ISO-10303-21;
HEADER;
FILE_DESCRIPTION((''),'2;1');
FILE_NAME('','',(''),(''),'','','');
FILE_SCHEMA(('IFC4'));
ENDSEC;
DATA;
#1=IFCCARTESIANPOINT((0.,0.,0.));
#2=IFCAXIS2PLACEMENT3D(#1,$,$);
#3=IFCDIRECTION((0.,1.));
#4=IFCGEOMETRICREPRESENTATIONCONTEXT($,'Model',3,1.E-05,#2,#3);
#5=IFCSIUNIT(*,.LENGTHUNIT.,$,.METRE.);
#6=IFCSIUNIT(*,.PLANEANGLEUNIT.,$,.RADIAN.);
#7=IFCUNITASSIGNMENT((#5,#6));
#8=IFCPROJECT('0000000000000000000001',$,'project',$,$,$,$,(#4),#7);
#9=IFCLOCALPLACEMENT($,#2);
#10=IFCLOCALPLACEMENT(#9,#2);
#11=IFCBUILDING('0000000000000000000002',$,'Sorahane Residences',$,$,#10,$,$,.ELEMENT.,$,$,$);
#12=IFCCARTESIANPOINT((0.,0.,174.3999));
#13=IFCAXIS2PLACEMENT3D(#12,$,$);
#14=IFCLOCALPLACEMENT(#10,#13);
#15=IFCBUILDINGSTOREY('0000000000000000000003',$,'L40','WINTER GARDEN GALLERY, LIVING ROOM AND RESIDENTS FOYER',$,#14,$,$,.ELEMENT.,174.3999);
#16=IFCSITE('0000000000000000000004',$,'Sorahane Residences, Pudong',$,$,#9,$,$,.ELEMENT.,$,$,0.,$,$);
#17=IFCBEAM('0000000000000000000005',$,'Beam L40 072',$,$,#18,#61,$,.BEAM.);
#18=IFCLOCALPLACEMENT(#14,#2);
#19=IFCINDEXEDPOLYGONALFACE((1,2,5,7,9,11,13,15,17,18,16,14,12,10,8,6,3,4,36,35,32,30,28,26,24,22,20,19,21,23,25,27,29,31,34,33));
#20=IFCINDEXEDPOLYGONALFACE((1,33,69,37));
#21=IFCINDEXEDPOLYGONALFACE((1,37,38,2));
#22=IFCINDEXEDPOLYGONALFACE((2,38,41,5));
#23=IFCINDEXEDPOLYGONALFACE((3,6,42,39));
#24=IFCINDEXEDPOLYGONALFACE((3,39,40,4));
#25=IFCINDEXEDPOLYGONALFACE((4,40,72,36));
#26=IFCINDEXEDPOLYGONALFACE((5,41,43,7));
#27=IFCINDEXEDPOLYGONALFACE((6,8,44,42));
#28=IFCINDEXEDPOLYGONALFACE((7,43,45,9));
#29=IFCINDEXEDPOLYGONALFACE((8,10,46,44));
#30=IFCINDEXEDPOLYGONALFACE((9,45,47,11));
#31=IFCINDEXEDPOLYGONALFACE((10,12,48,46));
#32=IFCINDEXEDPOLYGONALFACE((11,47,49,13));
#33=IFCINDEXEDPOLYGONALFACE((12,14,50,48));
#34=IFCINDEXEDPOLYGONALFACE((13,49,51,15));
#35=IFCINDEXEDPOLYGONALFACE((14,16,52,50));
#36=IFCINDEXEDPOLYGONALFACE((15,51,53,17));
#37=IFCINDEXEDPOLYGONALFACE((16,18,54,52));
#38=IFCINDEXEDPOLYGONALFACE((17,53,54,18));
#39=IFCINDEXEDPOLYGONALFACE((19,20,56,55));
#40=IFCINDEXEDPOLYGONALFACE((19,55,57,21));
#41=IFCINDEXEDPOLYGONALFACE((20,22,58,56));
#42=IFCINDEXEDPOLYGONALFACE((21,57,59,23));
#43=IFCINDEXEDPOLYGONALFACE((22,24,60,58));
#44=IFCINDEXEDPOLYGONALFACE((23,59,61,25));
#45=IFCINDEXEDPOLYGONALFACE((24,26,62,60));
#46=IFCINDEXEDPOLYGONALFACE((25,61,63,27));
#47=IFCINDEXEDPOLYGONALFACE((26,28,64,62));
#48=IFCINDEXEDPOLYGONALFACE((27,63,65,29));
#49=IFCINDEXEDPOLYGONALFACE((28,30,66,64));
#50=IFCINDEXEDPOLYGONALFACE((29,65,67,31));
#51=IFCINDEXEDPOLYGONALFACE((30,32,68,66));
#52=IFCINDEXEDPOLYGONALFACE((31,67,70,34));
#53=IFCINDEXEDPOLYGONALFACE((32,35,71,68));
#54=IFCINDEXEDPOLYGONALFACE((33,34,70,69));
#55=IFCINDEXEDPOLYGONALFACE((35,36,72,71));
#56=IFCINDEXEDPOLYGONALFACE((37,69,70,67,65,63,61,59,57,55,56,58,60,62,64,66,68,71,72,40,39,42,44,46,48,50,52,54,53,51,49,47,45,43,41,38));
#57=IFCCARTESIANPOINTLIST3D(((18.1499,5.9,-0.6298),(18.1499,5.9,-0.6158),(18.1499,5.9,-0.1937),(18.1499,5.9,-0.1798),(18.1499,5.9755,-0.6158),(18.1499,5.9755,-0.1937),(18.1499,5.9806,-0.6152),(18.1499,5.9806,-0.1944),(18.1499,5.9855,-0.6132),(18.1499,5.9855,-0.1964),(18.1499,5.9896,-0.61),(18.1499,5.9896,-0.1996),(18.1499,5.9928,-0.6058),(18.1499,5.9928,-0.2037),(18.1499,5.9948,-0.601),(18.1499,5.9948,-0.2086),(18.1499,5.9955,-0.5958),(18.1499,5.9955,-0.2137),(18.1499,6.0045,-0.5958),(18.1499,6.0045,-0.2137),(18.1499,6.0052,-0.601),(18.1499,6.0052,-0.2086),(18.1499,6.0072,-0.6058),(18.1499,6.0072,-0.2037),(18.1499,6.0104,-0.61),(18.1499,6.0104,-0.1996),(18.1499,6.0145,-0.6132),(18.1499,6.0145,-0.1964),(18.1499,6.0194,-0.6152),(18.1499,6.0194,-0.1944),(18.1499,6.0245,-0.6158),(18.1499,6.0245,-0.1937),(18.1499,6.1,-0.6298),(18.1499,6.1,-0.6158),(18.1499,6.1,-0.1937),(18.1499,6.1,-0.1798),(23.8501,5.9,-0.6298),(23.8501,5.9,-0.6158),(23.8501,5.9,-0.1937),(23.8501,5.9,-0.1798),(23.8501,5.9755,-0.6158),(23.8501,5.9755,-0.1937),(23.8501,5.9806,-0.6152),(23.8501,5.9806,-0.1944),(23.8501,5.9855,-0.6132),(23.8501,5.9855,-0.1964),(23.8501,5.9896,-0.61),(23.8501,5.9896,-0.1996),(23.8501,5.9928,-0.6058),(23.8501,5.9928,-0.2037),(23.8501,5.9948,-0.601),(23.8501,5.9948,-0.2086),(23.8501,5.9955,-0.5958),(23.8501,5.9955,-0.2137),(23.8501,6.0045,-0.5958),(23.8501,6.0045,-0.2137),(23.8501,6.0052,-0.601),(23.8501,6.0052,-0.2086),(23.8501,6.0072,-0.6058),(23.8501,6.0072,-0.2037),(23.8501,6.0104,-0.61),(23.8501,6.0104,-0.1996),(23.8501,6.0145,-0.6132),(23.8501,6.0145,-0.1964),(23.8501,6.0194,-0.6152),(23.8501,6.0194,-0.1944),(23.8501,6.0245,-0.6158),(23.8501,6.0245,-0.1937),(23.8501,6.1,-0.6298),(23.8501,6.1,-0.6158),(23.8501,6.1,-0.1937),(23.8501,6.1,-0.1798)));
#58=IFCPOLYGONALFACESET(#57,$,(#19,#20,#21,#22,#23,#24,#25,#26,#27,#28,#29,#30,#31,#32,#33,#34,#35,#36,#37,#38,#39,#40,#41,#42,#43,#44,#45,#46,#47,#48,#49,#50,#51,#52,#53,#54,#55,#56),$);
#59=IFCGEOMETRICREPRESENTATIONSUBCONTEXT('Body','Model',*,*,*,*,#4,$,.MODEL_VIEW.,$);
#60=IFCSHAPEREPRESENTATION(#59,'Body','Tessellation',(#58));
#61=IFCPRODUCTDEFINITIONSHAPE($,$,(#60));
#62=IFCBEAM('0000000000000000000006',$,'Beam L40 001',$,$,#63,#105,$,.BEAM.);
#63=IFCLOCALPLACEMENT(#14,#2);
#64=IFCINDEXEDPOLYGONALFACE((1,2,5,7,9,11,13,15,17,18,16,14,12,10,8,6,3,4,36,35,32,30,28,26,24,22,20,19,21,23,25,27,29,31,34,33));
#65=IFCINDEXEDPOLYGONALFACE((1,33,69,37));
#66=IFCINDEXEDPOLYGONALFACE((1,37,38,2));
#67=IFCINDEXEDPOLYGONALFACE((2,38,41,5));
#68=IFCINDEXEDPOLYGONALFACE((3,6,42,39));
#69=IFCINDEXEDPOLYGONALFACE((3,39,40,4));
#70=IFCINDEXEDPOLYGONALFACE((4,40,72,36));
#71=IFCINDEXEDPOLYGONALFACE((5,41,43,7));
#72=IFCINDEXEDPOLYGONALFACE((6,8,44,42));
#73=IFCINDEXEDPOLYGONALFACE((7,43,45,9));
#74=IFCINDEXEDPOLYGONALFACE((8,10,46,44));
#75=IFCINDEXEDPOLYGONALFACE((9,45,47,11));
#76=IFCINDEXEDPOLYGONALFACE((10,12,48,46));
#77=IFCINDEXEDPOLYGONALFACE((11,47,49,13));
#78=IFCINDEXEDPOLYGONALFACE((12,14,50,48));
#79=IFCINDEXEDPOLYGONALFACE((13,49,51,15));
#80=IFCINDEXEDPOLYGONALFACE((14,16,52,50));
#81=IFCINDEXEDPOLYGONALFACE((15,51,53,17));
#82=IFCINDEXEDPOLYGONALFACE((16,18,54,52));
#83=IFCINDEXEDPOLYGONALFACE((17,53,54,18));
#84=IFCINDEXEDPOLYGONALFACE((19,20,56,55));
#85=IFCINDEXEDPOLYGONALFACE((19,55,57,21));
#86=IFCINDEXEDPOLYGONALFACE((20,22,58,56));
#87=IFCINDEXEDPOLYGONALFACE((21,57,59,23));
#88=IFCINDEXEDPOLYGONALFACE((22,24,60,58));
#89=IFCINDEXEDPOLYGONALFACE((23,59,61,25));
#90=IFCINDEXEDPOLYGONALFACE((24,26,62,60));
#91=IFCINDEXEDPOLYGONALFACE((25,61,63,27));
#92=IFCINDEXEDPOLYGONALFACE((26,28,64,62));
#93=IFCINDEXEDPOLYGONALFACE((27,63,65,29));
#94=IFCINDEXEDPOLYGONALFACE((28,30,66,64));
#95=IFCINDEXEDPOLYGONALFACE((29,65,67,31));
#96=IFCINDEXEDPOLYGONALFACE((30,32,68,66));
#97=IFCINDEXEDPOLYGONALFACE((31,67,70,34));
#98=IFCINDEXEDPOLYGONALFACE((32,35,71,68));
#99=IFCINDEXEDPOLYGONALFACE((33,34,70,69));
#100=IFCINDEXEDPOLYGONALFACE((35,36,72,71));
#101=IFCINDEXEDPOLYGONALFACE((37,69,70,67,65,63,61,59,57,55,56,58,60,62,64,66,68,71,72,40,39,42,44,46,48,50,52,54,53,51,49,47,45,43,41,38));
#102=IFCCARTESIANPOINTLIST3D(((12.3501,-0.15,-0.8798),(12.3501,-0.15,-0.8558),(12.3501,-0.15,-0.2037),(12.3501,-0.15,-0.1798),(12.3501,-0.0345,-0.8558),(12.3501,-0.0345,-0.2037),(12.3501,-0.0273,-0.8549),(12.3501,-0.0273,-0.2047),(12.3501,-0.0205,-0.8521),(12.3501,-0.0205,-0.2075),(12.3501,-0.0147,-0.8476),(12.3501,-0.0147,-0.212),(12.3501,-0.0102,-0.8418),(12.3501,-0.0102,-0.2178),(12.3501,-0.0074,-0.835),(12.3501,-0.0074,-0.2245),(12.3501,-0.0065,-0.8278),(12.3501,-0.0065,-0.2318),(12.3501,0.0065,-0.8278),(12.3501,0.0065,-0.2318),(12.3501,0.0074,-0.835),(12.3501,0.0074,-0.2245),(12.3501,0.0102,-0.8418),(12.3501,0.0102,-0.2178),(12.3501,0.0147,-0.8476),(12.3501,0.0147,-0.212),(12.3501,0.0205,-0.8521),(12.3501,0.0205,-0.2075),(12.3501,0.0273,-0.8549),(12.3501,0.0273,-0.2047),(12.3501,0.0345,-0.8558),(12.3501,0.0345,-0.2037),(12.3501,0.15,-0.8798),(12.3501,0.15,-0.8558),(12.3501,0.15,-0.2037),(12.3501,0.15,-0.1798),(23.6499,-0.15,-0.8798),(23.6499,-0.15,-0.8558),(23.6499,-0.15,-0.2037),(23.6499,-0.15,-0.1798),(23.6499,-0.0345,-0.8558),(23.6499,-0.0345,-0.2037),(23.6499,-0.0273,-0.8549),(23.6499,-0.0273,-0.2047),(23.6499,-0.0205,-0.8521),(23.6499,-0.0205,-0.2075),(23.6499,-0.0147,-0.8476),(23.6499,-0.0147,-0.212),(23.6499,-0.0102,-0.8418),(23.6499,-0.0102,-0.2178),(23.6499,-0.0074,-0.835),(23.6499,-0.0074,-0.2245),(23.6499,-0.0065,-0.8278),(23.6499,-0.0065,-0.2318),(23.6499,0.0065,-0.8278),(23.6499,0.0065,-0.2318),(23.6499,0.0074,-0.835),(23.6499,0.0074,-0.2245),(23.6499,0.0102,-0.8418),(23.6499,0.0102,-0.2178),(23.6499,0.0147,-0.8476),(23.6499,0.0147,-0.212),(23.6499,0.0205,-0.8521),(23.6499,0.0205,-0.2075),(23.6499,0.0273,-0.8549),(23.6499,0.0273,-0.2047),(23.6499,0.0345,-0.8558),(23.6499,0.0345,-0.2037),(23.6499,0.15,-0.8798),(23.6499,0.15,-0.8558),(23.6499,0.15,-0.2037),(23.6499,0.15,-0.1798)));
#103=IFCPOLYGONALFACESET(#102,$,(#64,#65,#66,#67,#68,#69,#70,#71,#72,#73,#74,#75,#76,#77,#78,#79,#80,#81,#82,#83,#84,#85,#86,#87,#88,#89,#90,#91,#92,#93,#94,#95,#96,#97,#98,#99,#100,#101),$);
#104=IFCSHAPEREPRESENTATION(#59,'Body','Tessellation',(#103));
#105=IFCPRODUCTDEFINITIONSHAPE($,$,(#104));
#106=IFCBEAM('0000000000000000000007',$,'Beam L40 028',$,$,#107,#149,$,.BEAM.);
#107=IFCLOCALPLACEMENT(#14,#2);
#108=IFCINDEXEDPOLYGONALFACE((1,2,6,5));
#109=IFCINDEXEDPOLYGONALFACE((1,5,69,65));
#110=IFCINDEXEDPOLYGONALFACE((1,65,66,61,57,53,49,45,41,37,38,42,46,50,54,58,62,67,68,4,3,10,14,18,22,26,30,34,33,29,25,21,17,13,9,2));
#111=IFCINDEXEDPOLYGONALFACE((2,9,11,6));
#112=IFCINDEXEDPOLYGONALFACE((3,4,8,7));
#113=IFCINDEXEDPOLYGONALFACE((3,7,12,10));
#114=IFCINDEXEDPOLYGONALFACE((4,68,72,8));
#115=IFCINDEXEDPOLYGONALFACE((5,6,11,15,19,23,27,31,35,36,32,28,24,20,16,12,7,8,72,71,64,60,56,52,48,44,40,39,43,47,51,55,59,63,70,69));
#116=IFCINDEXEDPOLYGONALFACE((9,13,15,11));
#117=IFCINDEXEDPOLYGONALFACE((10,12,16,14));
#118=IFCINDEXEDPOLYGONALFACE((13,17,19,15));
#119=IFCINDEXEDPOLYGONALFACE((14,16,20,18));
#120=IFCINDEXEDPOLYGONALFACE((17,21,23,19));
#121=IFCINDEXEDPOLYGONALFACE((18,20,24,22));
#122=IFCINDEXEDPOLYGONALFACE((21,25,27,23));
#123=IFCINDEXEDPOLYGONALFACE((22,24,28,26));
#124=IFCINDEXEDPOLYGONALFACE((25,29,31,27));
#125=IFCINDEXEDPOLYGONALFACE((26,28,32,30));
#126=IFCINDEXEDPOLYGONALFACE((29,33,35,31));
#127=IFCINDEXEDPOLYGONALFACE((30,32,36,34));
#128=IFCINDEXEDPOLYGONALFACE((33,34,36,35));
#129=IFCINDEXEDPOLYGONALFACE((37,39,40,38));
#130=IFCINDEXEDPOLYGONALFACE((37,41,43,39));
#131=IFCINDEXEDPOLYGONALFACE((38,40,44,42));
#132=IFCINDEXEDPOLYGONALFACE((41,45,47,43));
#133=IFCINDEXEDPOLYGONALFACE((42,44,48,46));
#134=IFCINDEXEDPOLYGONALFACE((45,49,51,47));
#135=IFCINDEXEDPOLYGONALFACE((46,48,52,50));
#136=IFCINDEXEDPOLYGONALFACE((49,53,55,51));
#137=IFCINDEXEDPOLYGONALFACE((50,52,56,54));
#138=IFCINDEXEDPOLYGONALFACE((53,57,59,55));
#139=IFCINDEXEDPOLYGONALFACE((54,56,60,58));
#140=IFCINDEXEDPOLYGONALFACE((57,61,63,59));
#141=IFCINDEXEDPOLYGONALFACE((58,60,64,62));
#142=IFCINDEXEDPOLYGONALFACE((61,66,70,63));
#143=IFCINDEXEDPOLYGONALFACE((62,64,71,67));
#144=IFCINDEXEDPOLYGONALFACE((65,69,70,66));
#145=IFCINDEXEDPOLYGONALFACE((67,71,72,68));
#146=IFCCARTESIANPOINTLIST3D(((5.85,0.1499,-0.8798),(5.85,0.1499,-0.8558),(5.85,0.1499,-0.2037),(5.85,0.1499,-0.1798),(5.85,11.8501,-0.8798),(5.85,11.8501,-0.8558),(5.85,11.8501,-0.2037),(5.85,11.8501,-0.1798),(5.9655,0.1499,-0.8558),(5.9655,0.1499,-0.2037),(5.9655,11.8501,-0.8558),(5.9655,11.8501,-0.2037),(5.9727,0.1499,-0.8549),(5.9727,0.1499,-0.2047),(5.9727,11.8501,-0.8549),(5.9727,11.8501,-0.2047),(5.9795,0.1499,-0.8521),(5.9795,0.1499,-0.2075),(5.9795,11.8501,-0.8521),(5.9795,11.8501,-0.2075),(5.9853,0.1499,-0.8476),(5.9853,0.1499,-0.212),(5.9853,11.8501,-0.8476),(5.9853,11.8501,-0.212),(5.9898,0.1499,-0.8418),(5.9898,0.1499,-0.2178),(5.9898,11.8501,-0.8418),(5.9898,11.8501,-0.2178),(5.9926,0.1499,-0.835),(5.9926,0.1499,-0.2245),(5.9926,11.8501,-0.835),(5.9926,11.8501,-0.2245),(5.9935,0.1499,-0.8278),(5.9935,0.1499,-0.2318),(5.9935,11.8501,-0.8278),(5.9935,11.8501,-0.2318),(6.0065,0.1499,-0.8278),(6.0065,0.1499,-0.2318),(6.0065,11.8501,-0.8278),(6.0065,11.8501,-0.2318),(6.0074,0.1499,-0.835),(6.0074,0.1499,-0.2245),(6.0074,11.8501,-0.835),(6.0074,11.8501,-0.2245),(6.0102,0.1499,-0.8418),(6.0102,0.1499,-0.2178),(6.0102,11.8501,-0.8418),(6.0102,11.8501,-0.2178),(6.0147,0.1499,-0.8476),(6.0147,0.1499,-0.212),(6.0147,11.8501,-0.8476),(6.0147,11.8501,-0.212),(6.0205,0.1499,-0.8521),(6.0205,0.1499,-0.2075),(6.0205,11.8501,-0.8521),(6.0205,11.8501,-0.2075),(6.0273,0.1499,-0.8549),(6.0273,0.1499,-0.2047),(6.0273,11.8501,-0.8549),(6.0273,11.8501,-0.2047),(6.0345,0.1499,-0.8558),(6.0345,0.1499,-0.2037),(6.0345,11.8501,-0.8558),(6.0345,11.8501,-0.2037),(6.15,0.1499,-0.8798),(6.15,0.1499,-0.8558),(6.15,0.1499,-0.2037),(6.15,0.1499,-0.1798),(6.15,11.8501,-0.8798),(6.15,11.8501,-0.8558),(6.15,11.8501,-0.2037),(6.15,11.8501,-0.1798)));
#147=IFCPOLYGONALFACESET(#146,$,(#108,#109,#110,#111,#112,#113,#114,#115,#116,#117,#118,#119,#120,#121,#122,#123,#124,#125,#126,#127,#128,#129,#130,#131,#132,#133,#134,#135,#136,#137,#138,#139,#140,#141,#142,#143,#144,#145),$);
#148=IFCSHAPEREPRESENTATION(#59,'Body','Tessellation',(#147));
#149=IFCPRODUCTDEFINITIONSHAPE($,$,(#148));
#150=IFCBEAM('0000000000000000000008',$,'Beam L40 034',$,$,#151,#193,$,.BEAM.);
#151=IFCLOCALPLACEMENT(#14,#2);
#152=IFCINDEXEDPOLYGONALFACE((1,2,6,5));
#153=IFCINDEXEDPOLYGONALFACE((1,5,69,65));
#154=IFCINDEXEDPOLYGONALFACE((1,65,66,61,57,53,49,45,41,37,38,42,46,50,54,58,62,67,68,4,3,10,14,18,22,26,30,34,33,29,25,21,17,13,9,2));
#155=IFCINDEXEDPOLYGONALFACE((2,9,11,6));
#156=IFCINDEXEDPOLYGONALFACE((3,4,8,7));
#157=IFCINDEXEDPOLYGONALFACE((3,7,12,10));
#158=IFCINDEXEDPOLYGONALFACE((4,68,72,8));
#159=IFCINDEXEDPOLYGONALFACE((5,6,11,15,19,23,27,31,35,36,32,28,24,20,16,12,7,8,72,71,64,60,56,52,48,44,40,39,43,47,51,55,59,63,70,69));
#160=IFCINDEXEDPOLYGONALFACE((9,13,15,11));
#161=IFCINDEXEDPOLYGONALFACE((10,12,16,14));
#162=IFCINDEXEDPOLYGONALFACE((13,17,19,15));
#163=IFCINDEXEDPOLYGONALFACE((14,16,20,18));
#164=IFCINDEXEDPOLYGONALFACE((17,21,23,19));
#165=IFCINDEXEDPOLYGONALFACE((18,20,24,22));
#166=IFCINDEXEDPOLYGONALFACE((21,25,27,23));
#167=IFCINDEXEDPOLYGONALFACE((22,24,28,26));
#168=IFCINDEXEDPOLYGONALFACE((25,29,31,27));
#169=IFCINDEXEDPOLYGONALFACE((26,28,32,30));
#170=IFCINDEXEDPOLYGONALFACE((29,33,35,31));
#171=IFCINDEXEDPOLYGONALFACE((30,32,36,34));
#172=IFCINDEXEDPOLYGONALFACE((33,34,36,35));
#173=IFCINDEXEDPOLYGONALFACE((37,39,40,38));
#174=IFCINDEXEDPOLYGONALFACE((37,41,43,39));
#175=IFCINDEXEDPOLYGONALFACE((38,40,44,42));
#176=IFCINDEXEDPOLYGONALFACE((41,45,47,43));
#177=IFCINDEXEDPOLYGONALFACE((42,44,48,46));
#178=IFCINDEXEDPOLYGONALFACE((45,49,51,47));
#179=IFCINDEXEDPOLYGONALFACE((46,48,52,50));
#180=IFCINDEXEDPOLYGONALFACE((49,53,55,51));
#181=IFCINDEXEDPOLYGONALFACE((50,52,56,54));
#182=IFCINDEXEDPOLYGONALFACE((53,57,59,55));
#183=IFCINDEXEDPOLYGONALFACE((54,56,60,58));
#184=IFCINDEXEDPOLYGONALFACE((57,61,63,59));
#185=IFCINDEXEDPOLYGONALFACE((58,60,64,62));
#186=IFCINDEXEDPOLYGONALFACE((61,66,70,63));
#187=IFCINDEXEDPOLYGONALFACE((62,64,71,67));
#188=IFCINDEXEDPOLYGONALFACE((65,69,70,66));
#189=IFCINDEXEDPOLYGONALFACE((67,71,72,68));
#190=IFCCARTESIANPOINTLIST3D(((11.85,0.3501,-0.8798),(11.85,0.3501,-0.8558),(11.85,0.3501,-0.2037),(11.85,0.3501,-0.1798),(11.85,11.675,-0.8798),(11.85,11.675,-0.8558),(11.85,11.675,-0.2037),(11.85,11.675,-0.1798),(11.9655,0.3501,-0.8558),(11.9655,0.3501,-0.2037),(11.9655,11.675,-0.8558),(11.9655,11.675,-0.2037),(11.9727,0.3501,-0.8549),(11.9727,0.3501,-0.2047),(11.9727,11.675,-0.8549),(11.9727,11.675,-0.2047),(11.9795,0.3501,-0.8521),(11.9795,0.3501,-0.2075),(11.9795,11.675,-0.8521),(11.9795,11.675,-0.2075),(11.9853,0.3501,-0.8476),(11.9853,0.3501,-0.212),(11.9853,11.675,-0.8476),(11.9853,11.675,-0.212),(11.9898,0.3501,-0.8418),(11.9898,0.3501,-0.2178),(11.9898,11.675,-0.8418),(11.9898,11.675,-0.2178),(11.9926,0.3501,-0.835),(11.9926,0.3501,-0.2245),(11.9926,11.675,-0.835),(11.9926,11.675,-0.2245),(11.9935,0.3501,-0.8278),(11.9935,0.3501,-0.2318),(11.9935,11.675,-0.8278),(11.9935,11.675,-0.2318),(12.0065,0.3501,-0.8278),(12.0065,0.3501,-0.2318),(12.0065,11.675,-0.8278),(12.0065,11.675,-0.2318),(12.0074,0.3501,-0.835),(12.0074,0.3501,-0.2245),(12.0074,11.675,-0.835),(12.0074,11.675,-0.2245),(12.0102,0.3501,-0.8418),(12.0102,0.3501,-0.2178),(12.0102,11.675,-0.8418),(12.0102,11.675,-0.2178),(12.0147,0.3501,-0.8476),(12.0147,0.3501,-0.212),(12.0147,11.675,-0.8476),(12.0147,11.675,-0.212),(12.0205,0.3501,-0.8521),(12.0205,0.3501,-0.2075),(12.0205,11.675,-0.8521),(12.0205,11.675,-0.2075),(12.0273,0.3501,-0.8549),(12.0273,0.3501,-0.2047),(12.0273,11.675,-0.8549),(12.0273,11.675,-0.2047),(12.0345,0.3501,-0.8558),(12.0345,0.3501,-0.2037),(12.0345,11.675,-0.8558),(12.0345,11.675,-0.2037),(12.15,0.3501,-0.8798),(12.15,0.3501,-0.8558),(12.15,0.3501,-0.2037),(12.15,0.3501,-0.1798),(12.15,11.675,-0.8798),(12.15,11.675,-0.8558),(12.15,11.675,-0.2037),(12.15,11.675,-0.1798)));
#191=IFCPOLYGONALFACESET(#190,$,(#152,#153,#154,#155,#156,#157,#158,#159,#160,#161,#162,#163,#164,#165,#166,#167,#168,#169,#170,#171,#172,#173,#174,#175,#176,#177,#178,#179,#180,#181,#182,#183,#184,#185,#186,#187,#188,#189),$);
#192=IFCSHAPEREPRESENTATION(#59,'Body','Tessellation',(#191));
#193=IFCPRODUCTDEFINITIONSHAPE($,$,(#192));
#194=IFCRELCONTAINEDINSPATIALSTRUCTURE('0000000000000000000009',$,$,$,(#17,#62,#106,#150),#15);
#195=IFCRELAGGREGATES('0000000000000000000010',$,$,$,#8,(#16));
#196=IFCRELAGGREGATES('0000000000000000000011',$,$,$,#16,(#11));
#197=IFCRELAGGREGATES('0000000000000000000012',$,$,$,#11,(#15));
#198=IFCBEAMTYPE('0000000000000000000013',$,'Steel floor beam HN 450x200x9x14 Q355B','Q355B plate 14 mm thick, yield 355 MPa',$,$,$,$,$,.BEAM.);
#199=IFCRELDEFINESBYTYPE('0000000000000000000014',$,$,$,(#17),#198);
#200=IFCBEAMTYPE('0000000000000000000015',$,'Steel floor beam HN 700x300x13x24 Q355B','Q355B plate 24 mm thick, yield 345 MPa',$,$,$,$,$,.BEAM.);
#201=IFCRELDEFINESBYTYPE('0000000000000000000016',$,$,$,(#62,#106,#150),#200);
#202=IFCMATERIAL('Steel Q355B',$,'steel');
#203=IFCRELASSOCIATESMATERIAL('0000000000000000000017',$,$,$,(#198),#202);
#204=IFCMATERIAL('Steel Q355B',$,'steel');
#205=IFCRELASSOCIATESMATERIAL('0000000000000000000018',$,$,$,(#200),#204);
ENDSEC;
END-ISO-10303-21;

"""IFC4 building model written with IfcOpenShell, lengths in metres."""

from ifc_helpers import new_model, si_unit, direction, frame, origin, origin_2d, place, context, subcontext, project, spatial, i_section, extrude, material, material_profile, profile_set, type_object, element, save


model = new_model("IFC4")

# Units and contexts
model_context = context("Model", 3, precision=1e-05, world=origin(), true_north=direction((0.0, 1.0)))
body_context = subcontext(model_context, "Body", "Model", "MODEL_VIEW")
ifc_project = project(units=[si_unit("LENGTHUNIT", "METRE"), si_unit("PLANEANGLEUNIT", "RADIAN")], contexts=[model_context])

# Site, building, storey
site_placement = place(None, origin())
site = spatial("IfcSite", under=ifc_project, at=site_placement, Name="Sorahane Residences, Pudong", CompositionType="ELEMENT", RefElevation=0.0)
building_placement = place(site_placement, origin())
building = spatial("IfcBuilding", under=site, at=building_placement, Name="Sorahane Residences", CompositionType="ELEMENT")
storey_placement = place(building_placement, frame((0.0, 0.0, 174.3999)))
storey = spatial("IfcBuildingStorey", under=building, at=storey_placement, Name="L40", Description="WINTER GARDEN GALLERY, LIVING ROOM AND RESIDENTS FOYER", CompositionType="ELEMENT", Elevation=174.3999)

# Beams
ifc_material_1 = material(Name="Steel Q355B", Category="steel")
ifc_material_profile_1 = material_profile(ifc_material_1, i_section(OverallWidth=0.2, OverallDepth=0.45, WebThickness=0.009, FlangeThickness=0.0139, FilletRadius=0.02, at=origin_2d()), Name="HN 450x200x9x14")
ifc_profile_set_1 = profile_set([ifc_material_profile_1], Name="Steel Q355B")
beam_type_1 = type_object("IfcBeamType", Name="Steel floor beam HN 450x200x9x14 Q355B", Description="Q355B plate 14 mm thick, yield 355 MPa", PredefinedType="BEAM", material=ifc_profile_set_1)
for number, where, z_axis, x_axis, name in (
    (1, (18.1499, 6.0, -0.4048), (1.0, 0.0, 0.0), (0.0, 1.0, 0.0), "Beam L40 072"),
):
    element("IfcBeam", number, at=place(storey_placement, frame(where, z_axis=z_axis, x_axis=x_axis)), inside=storey, type_object=beam_type_1, Name=name, PredefinedType="BEAM", context=body_context, shape_type="SweptSolid", body=[
        extrude(i_section(OverallWidth=0.2, OverallDepth=0.45, WebThickness=0.009, FlangeThickness=0.0139, FilletRadius=0.02, at=origin_2d()), origin(), (0.0, 0.0, 1.0), 5.7002),
    ])
ifc_material_2 = material(Name="Steel Q355B", Category="steel")
ifc_material_profile_2 = material_profile(ifc_material_2, i_section(OverallWidth=0.3, OverallDepth=0.7, WebThickness=0.0129, FlangeThickness=0.0239, FilletRadius=0.0281, at=origin_2d()), Name="HN 700x300x13x24")
ifc_profile_set_2 = profile_set([ifc_material_profile_2], Name="Steel Q355B")
beam_type_2 = type_object("IfcBeamType", Name="Steel floor beam HN 700x300x13x24 Q355B", Description="Q355B plate 24 mm thick, yield 345 MPa", PredefinedType="BEAM", material=ifc_profile_set_2)
beam_1_placement = place(storey_placement, frame((12.3501, 0.0, -0.5298), z_axis=(1.0, 0.0, 0.0), x_axis=(0.0, 1.0, 0.0)))
element("IfcBeam", 2, at=beam_1_placement, inside=storey, type_object=beam_type_2, Name="Beam L40 001", PredefinedType="BEAM", context=body_context, shape_type="SweptSolid", body=[
    extrude(i_section(OverallWidth=0.3, OverallDepth=0.7, WebThickness=0.0129, FlangeThickness=0.0239, FilletRadius=0.0281, at=origin_2d()), origin(), (0.0, 0.0, 1.0), 11.2998),
])
beam_2_placement = place(storey_placement, frame((6.0, 0.1499, -0.5298), z_axis=(0.0, 1.0, 0.0), x_axis=(-1.0, 0.0, 0.0)))
element("IfcBeam", 3, at=beam_2_placement, inside=storey, type_object=beam_type_2, Name="Beam L40 028", PredefinedType="BEAM", context=body_context, shape_type="SweptSolid", body=[
    extrude(i_section(OverallWidth=0.3, OverallDepth=0.7, WebThickness=0.0129, FlangeThickness=0.0239, FilletRadius=0.0281, at=origin_2d()), origin(), (0.0, 0.0, 1.0), 11.7002),
])
beam_3_placement = place(storey_placement, frame((12.0, 0.3501, -0.5298), z_axis=(0.0, 1.0, 0.0), x_axis=(-1.0, 0.0, 0.0)))
element("IfcBeam", 4, at=beam_3_placement, inside=storey, type_object=beam_type_2, Name="Beam L40 034", PredefinedType="BEAM", context=body_context, shape_type="SweptSolid", body=[
    extrude(i_section(OverallWidth=0.3, OverallDepth=0.7, WebThickness=0.0129, FlangeThickness=0.0239, FilletRadius=0.0281, at=origin_2d()), origin(), (0.0, 0.0, 1.0), 11.325),
])

save(model, "model.ifc")
